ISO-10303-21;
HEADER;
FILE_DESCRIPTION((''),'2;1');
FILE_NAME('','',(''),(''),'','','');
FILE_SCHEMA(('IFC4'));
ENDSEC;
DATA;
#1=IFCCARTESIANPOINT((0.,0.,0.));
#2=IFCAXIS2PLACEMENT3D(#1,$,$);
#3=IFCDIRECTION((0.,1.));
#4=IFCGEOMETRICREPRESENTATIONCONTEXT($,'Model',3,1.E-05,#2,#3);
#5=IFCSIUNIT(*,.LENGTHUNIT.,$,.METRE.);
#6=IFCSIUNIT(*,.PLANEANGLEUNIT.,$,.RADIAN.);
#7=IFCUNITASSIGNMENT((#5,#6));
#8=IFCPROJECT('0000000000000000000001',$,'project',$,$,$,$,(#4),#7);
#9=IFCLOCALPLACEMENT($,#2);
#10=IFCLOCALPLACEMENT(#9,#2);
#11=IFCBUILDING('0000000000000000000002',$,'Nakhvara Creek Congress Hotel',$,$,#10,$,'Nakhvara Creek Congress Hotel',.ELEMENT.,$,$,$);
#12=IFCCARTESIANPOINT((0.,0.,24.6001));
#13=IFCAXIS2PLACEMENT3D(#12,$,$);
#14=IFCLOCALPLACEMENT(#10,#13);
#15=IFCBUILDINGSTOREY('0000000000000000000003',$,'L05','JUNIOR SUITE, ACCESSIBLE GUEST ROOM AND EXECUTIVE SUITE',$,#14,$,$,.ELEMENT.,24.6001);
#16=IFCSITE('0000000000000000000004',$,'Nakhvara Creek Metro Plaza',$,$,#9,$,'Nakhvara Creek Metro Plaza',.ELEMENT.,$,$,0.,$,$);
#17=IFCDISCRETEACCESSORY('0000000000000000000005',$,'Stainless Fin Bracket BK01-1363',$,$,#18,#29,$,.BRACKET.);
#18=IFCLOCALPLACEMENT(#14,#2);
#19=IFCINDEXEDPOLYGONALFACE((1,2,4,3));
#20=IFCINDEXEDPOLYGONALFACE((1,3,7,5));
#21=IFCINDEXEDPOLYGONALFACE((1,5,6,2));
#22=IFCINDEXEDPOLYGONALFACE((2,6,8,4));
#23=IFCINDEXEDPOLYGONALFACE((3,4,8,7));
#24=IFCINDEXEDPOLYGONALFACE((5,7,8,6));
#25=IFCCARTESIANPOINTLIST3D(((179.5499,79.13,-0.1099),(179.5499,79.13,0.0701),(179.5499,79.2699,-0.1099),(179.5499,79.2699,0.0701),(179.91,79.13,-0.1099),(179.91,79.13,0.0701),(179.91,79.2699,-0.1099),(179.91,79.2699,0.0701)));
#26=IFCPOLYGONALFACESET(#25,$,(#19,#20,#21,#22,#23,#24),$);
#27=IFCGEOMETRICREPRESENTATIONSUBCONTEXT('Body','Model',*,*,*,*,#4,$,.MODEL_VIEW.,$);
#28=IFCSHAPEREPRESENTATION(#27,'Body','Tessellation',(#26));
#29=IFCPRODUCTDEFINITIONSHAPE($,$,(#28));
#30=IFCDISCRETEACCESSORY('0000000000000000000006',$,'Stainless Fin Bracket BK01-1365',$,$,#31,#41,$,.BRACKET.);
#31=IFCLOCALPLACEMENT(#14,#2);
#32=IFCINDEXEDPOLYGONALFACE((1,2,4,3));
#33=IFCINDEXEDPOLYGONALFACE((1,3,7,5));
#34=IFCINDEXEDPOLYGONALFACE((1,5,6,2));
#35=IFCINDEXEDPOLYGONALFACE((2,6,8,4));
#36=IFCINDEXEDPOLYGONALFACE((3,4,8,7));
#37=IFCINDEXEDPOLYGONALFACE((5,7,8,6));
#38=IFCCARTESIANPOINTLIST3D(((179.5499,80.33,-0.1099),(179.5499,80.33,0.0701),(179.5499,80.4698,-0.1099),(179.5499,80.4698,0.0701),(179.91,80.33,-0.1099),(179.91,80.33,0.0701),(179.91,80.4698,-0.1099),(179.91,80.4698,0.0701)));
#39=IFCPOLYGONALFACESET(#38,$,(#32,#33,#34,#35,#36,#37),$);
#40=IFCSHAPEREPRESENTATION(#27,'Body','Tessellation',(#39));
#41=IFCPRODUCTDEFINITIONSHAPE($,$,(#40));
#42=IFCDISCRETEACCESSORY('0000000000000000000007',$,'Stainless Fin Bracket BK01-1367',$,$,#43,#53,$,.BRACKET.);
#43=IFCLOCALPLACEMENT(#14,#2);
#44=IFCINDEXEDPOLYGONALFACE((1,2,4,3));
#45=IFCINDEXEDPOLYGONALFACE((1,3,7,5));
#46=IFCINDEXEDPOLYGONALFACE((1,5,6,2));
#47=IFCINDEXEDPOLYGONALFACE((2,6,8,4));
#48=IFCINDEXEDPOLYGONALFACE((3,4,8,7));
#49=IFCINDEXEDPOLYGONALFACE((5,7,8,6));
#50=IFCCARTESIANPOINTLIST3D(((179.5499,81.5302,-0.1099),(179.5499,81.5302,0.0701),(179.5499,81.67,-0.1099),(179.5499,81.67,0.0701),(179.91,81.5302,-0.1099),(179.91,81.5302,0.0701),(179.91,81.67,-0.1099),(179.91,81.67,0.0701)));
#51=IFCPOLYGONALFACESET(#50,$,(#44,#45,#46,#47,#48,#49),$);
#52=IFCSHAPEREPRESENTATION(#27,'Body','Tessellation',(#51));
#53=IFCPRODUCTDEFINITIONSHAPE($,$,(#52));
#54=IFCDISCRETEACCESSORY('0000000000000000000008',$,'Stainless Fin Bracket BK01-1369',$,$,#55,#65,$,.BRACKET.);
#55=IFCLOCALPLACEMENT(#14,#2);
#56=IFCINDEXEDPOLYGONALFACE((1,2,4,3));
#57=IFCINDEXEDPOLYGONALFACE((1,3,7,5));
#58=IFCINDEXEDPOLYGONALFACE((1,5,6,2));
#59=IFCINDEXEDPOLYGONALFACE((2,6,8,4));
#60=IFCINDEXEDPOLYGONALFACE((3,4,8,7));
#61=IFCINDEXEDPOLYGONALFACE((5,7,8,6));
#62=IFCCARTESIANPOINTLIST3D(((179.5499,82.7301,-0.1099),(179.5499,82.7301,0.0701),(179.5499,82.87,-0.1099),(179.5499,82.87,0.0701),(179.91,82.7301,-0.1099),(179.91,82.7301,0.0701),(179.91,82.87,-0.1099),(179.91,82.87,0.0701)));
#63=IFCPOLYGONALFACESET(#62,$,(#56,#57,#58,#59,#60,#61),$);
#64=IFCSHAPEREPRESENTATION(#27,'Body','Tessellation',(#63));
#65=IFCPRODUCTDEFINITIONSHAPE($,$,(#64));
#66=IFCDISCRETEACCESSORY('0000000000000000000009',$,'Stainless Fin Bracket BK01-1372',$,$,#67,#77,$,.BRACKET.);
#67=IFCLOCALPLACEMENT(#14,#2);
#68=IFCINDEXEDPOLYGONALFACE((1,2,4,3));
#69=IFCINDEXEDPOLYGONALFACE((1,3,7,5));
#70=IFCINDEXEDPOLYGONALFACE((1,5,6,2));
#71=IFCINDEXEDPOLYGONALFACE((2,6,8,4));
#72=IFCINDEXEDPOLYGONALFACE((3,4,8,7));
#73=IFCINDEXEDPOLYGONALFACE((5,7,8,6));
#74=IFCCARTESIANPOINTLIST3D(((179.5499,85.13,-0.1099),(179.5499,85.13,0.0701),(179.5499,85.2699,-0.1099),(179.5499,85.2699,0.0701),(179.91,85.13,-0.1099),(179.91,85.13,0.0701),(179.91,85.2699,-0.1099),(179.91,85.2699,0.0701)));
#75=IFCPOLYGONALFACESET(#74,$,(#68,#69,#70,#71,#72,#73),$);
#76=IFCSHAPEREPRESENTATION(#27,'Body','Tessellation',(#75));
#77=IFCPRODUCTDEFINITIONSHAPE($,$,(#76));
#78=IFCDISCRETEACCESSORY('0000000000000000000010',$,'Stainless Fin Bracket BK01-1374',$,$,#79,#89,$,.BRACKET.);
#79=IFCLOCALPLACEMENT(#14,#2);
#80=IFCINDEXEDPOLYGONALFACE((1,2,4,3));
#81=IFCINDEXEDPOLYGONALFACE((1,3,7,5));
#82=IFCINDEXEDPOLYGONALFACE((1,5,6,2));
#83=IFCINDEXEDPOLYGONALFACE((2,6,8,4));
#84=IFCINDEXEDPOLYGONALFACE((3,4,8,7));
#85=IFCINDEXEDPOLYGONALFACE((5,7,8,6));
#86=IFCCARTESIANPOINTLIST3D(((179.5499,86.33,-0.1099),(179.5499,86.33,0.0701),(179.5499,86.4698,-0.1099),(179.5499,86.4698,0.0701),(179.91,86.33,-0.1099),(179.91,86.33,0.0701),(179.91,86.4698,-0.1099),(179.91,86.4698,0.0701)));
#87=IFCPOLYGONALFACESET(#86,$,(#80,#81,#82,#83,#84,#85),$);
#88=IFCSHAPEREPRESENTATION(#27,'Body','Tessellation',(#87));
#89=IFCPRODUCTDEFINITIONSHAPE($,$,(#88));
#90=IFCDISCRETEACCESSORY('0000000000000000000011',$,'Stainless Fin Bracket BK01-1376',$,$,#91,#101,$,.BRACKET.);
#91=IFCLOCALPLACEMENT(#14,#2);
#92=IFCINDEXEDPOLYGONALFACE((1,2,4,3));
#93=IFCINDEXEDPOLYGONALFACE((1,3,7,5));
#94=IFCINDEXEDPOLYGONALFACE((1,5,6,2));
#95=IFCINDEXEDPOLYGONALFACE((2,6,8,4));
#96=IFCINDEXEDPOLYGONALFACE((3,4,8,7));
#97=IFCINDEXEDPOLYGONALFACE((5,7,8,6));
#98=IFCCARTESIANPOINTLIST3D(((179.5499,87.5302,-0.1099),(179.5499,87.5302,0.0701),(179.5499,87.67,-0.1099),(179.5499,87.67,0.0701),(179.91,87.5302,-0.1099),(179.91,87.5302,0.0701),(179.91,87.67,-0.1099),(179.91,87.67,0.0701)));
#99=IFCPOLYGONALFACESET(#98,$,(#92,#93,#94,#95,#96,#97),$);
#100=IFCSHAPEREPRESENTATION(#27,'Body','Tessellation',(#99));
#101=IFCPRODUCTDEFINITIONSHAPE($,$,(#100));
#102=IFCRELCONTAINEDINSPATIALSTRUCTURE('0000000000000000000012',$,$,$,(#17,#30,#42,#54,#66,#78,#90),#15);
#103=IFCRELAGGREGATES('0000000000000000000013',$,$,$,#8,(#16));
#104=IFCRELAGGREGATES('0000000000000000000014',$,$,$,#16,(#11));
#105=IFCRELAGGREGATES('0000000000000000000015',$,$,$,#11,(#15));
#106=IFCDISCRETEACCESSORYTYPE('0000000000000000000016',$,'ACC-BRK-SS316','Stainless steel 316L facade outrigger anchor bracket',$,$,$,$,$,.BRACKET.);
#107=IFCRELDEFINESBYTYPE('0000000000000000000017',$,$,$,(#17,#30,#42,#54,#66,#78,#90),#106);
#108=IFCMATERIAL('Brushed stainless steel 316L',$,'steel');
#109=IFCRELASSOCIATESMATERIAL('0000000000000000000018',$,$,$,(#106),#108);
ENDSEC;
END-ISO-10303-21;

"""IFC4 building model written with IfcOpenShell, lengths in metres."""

from ifc_helpers import new_model, si_unit, direction, frame, origin, origin_2d, place, context, subcontext, project, spatial, rectangle, extrude, material, type_object, element, save


model = new_model("IFC4")

# Units and contexts
model_context = context("Model", 3, precision=1e-05, world=origin(), true_north=direction((0.0, 1.0)))
body_context = subcontext(model_context, "Body", "Model", "MODEL_VIEW")
ifc_project = project(units=[si_unit("LENGTHUNIT", "METRE"), si_unit("PLANEANGLEUNIT", "RADIAN")], contexts=[model_context])

# Site, building, storey
site_placement = place(None, origin())
site = spatial("IfcSite", under=ifc_project, at=site_placement, Name="Nakhvara Creek Metro Plaza", LongName="Nakhvara Creek Metro Plaza", CompositionType="ELEMENT", RefElevation=0.0)
building_placement = place(site_placement, origin())
building = spatial("IfcBuilding", under=site, at=building_placement, Name="Nakhvara Creek Congress Hotel", LongName="Nakhvara Creek Congress Hotel", CompositionType="ELEMENT")
storey_placement = place(building_placement, frame((0.0, 0.0, 24.6001)))
storey = spatial("IfcBuildingStorey", under=building, at=storey_placement, Name="L05", Description="JUNIOR SUITE, ACCESSIBLE GUEST ROOM AND EXECUTIVE SUITE", CompositionType="ELEMENT", Elevation=24.6001)

# Discrete accessories
ifc_material_1 = material(Name="Brushed stainless steel 316L", Category="steel")
discrete_accessory_type = type_object("IfcDiscreteAccessoryType", Name="ACC-BRK-SS316", Description="Stainless steel 316L facade outrigger anchor bracket", PredefinedType="BRACKET", material=ifc_material_1)
for number, where, z_axis, x_axis, name in (
    (1, (179.73, 79.2, -0.1099), (0.0, 0.0, 1.0), (0.0, 1.0, 0.0), "Stainless Fin Bracket BK01-1363"),
    (2, (179.73, 80.3999, -0.1099), (0.0, 0.0, 1.0), (0.0, 1.0, 0.0), "Stainless Fin Bracket BK01-1365"),
    (3, (179.73, 81.6001, -0.1099), (0.0, 0.0, 1.0), (0.0, 1.0, 0.0), "Stainless Fin Bracket BK01-1367"),
    (4, (179.73, 82.8, -0.1099), (0.0, 0.0, 1.0), (0.0, 1.0, 0.0), "Stainless Fin Bracket BK01-1369"),
    (5, (179.73, 85.2, -0.1099), (0.0, 0.0, 1.0), (0.0, 1.0, 0.0), "Stainless Fin Bracket BK01-1372"),
    (6, (179.73, 86.3999, -0.1099), (0.0, 0.0, 1.0), (0.0, 1.0, 0.0), "Stainless Fin Bracket BK01-1374"),
    (7, (179.73, 87.6001, -0.1099), (0.0, 0.0, 1.0), (0.0, 1.0, 0.0), "Stainless Fin Bracket BK01-1376"),
):
    element("IfcDiscreteAccessory", number, at=place(storey_placement, frame(where, z_axis=z_axis, x_axis=x_axis)), inside=storey, type_object=discrete_accessory_type, Name=name, PredefinedType="BRACKET", context=body_context, shape_type="SweptSolid", body=[
        extrude(rectangle(XDim=0.1399, YDim=0.3601, at=origin_2d()), origin(), (0.0, 0.0, 1.0), 0.1799),
    ])

save(model, "model.ifc")
